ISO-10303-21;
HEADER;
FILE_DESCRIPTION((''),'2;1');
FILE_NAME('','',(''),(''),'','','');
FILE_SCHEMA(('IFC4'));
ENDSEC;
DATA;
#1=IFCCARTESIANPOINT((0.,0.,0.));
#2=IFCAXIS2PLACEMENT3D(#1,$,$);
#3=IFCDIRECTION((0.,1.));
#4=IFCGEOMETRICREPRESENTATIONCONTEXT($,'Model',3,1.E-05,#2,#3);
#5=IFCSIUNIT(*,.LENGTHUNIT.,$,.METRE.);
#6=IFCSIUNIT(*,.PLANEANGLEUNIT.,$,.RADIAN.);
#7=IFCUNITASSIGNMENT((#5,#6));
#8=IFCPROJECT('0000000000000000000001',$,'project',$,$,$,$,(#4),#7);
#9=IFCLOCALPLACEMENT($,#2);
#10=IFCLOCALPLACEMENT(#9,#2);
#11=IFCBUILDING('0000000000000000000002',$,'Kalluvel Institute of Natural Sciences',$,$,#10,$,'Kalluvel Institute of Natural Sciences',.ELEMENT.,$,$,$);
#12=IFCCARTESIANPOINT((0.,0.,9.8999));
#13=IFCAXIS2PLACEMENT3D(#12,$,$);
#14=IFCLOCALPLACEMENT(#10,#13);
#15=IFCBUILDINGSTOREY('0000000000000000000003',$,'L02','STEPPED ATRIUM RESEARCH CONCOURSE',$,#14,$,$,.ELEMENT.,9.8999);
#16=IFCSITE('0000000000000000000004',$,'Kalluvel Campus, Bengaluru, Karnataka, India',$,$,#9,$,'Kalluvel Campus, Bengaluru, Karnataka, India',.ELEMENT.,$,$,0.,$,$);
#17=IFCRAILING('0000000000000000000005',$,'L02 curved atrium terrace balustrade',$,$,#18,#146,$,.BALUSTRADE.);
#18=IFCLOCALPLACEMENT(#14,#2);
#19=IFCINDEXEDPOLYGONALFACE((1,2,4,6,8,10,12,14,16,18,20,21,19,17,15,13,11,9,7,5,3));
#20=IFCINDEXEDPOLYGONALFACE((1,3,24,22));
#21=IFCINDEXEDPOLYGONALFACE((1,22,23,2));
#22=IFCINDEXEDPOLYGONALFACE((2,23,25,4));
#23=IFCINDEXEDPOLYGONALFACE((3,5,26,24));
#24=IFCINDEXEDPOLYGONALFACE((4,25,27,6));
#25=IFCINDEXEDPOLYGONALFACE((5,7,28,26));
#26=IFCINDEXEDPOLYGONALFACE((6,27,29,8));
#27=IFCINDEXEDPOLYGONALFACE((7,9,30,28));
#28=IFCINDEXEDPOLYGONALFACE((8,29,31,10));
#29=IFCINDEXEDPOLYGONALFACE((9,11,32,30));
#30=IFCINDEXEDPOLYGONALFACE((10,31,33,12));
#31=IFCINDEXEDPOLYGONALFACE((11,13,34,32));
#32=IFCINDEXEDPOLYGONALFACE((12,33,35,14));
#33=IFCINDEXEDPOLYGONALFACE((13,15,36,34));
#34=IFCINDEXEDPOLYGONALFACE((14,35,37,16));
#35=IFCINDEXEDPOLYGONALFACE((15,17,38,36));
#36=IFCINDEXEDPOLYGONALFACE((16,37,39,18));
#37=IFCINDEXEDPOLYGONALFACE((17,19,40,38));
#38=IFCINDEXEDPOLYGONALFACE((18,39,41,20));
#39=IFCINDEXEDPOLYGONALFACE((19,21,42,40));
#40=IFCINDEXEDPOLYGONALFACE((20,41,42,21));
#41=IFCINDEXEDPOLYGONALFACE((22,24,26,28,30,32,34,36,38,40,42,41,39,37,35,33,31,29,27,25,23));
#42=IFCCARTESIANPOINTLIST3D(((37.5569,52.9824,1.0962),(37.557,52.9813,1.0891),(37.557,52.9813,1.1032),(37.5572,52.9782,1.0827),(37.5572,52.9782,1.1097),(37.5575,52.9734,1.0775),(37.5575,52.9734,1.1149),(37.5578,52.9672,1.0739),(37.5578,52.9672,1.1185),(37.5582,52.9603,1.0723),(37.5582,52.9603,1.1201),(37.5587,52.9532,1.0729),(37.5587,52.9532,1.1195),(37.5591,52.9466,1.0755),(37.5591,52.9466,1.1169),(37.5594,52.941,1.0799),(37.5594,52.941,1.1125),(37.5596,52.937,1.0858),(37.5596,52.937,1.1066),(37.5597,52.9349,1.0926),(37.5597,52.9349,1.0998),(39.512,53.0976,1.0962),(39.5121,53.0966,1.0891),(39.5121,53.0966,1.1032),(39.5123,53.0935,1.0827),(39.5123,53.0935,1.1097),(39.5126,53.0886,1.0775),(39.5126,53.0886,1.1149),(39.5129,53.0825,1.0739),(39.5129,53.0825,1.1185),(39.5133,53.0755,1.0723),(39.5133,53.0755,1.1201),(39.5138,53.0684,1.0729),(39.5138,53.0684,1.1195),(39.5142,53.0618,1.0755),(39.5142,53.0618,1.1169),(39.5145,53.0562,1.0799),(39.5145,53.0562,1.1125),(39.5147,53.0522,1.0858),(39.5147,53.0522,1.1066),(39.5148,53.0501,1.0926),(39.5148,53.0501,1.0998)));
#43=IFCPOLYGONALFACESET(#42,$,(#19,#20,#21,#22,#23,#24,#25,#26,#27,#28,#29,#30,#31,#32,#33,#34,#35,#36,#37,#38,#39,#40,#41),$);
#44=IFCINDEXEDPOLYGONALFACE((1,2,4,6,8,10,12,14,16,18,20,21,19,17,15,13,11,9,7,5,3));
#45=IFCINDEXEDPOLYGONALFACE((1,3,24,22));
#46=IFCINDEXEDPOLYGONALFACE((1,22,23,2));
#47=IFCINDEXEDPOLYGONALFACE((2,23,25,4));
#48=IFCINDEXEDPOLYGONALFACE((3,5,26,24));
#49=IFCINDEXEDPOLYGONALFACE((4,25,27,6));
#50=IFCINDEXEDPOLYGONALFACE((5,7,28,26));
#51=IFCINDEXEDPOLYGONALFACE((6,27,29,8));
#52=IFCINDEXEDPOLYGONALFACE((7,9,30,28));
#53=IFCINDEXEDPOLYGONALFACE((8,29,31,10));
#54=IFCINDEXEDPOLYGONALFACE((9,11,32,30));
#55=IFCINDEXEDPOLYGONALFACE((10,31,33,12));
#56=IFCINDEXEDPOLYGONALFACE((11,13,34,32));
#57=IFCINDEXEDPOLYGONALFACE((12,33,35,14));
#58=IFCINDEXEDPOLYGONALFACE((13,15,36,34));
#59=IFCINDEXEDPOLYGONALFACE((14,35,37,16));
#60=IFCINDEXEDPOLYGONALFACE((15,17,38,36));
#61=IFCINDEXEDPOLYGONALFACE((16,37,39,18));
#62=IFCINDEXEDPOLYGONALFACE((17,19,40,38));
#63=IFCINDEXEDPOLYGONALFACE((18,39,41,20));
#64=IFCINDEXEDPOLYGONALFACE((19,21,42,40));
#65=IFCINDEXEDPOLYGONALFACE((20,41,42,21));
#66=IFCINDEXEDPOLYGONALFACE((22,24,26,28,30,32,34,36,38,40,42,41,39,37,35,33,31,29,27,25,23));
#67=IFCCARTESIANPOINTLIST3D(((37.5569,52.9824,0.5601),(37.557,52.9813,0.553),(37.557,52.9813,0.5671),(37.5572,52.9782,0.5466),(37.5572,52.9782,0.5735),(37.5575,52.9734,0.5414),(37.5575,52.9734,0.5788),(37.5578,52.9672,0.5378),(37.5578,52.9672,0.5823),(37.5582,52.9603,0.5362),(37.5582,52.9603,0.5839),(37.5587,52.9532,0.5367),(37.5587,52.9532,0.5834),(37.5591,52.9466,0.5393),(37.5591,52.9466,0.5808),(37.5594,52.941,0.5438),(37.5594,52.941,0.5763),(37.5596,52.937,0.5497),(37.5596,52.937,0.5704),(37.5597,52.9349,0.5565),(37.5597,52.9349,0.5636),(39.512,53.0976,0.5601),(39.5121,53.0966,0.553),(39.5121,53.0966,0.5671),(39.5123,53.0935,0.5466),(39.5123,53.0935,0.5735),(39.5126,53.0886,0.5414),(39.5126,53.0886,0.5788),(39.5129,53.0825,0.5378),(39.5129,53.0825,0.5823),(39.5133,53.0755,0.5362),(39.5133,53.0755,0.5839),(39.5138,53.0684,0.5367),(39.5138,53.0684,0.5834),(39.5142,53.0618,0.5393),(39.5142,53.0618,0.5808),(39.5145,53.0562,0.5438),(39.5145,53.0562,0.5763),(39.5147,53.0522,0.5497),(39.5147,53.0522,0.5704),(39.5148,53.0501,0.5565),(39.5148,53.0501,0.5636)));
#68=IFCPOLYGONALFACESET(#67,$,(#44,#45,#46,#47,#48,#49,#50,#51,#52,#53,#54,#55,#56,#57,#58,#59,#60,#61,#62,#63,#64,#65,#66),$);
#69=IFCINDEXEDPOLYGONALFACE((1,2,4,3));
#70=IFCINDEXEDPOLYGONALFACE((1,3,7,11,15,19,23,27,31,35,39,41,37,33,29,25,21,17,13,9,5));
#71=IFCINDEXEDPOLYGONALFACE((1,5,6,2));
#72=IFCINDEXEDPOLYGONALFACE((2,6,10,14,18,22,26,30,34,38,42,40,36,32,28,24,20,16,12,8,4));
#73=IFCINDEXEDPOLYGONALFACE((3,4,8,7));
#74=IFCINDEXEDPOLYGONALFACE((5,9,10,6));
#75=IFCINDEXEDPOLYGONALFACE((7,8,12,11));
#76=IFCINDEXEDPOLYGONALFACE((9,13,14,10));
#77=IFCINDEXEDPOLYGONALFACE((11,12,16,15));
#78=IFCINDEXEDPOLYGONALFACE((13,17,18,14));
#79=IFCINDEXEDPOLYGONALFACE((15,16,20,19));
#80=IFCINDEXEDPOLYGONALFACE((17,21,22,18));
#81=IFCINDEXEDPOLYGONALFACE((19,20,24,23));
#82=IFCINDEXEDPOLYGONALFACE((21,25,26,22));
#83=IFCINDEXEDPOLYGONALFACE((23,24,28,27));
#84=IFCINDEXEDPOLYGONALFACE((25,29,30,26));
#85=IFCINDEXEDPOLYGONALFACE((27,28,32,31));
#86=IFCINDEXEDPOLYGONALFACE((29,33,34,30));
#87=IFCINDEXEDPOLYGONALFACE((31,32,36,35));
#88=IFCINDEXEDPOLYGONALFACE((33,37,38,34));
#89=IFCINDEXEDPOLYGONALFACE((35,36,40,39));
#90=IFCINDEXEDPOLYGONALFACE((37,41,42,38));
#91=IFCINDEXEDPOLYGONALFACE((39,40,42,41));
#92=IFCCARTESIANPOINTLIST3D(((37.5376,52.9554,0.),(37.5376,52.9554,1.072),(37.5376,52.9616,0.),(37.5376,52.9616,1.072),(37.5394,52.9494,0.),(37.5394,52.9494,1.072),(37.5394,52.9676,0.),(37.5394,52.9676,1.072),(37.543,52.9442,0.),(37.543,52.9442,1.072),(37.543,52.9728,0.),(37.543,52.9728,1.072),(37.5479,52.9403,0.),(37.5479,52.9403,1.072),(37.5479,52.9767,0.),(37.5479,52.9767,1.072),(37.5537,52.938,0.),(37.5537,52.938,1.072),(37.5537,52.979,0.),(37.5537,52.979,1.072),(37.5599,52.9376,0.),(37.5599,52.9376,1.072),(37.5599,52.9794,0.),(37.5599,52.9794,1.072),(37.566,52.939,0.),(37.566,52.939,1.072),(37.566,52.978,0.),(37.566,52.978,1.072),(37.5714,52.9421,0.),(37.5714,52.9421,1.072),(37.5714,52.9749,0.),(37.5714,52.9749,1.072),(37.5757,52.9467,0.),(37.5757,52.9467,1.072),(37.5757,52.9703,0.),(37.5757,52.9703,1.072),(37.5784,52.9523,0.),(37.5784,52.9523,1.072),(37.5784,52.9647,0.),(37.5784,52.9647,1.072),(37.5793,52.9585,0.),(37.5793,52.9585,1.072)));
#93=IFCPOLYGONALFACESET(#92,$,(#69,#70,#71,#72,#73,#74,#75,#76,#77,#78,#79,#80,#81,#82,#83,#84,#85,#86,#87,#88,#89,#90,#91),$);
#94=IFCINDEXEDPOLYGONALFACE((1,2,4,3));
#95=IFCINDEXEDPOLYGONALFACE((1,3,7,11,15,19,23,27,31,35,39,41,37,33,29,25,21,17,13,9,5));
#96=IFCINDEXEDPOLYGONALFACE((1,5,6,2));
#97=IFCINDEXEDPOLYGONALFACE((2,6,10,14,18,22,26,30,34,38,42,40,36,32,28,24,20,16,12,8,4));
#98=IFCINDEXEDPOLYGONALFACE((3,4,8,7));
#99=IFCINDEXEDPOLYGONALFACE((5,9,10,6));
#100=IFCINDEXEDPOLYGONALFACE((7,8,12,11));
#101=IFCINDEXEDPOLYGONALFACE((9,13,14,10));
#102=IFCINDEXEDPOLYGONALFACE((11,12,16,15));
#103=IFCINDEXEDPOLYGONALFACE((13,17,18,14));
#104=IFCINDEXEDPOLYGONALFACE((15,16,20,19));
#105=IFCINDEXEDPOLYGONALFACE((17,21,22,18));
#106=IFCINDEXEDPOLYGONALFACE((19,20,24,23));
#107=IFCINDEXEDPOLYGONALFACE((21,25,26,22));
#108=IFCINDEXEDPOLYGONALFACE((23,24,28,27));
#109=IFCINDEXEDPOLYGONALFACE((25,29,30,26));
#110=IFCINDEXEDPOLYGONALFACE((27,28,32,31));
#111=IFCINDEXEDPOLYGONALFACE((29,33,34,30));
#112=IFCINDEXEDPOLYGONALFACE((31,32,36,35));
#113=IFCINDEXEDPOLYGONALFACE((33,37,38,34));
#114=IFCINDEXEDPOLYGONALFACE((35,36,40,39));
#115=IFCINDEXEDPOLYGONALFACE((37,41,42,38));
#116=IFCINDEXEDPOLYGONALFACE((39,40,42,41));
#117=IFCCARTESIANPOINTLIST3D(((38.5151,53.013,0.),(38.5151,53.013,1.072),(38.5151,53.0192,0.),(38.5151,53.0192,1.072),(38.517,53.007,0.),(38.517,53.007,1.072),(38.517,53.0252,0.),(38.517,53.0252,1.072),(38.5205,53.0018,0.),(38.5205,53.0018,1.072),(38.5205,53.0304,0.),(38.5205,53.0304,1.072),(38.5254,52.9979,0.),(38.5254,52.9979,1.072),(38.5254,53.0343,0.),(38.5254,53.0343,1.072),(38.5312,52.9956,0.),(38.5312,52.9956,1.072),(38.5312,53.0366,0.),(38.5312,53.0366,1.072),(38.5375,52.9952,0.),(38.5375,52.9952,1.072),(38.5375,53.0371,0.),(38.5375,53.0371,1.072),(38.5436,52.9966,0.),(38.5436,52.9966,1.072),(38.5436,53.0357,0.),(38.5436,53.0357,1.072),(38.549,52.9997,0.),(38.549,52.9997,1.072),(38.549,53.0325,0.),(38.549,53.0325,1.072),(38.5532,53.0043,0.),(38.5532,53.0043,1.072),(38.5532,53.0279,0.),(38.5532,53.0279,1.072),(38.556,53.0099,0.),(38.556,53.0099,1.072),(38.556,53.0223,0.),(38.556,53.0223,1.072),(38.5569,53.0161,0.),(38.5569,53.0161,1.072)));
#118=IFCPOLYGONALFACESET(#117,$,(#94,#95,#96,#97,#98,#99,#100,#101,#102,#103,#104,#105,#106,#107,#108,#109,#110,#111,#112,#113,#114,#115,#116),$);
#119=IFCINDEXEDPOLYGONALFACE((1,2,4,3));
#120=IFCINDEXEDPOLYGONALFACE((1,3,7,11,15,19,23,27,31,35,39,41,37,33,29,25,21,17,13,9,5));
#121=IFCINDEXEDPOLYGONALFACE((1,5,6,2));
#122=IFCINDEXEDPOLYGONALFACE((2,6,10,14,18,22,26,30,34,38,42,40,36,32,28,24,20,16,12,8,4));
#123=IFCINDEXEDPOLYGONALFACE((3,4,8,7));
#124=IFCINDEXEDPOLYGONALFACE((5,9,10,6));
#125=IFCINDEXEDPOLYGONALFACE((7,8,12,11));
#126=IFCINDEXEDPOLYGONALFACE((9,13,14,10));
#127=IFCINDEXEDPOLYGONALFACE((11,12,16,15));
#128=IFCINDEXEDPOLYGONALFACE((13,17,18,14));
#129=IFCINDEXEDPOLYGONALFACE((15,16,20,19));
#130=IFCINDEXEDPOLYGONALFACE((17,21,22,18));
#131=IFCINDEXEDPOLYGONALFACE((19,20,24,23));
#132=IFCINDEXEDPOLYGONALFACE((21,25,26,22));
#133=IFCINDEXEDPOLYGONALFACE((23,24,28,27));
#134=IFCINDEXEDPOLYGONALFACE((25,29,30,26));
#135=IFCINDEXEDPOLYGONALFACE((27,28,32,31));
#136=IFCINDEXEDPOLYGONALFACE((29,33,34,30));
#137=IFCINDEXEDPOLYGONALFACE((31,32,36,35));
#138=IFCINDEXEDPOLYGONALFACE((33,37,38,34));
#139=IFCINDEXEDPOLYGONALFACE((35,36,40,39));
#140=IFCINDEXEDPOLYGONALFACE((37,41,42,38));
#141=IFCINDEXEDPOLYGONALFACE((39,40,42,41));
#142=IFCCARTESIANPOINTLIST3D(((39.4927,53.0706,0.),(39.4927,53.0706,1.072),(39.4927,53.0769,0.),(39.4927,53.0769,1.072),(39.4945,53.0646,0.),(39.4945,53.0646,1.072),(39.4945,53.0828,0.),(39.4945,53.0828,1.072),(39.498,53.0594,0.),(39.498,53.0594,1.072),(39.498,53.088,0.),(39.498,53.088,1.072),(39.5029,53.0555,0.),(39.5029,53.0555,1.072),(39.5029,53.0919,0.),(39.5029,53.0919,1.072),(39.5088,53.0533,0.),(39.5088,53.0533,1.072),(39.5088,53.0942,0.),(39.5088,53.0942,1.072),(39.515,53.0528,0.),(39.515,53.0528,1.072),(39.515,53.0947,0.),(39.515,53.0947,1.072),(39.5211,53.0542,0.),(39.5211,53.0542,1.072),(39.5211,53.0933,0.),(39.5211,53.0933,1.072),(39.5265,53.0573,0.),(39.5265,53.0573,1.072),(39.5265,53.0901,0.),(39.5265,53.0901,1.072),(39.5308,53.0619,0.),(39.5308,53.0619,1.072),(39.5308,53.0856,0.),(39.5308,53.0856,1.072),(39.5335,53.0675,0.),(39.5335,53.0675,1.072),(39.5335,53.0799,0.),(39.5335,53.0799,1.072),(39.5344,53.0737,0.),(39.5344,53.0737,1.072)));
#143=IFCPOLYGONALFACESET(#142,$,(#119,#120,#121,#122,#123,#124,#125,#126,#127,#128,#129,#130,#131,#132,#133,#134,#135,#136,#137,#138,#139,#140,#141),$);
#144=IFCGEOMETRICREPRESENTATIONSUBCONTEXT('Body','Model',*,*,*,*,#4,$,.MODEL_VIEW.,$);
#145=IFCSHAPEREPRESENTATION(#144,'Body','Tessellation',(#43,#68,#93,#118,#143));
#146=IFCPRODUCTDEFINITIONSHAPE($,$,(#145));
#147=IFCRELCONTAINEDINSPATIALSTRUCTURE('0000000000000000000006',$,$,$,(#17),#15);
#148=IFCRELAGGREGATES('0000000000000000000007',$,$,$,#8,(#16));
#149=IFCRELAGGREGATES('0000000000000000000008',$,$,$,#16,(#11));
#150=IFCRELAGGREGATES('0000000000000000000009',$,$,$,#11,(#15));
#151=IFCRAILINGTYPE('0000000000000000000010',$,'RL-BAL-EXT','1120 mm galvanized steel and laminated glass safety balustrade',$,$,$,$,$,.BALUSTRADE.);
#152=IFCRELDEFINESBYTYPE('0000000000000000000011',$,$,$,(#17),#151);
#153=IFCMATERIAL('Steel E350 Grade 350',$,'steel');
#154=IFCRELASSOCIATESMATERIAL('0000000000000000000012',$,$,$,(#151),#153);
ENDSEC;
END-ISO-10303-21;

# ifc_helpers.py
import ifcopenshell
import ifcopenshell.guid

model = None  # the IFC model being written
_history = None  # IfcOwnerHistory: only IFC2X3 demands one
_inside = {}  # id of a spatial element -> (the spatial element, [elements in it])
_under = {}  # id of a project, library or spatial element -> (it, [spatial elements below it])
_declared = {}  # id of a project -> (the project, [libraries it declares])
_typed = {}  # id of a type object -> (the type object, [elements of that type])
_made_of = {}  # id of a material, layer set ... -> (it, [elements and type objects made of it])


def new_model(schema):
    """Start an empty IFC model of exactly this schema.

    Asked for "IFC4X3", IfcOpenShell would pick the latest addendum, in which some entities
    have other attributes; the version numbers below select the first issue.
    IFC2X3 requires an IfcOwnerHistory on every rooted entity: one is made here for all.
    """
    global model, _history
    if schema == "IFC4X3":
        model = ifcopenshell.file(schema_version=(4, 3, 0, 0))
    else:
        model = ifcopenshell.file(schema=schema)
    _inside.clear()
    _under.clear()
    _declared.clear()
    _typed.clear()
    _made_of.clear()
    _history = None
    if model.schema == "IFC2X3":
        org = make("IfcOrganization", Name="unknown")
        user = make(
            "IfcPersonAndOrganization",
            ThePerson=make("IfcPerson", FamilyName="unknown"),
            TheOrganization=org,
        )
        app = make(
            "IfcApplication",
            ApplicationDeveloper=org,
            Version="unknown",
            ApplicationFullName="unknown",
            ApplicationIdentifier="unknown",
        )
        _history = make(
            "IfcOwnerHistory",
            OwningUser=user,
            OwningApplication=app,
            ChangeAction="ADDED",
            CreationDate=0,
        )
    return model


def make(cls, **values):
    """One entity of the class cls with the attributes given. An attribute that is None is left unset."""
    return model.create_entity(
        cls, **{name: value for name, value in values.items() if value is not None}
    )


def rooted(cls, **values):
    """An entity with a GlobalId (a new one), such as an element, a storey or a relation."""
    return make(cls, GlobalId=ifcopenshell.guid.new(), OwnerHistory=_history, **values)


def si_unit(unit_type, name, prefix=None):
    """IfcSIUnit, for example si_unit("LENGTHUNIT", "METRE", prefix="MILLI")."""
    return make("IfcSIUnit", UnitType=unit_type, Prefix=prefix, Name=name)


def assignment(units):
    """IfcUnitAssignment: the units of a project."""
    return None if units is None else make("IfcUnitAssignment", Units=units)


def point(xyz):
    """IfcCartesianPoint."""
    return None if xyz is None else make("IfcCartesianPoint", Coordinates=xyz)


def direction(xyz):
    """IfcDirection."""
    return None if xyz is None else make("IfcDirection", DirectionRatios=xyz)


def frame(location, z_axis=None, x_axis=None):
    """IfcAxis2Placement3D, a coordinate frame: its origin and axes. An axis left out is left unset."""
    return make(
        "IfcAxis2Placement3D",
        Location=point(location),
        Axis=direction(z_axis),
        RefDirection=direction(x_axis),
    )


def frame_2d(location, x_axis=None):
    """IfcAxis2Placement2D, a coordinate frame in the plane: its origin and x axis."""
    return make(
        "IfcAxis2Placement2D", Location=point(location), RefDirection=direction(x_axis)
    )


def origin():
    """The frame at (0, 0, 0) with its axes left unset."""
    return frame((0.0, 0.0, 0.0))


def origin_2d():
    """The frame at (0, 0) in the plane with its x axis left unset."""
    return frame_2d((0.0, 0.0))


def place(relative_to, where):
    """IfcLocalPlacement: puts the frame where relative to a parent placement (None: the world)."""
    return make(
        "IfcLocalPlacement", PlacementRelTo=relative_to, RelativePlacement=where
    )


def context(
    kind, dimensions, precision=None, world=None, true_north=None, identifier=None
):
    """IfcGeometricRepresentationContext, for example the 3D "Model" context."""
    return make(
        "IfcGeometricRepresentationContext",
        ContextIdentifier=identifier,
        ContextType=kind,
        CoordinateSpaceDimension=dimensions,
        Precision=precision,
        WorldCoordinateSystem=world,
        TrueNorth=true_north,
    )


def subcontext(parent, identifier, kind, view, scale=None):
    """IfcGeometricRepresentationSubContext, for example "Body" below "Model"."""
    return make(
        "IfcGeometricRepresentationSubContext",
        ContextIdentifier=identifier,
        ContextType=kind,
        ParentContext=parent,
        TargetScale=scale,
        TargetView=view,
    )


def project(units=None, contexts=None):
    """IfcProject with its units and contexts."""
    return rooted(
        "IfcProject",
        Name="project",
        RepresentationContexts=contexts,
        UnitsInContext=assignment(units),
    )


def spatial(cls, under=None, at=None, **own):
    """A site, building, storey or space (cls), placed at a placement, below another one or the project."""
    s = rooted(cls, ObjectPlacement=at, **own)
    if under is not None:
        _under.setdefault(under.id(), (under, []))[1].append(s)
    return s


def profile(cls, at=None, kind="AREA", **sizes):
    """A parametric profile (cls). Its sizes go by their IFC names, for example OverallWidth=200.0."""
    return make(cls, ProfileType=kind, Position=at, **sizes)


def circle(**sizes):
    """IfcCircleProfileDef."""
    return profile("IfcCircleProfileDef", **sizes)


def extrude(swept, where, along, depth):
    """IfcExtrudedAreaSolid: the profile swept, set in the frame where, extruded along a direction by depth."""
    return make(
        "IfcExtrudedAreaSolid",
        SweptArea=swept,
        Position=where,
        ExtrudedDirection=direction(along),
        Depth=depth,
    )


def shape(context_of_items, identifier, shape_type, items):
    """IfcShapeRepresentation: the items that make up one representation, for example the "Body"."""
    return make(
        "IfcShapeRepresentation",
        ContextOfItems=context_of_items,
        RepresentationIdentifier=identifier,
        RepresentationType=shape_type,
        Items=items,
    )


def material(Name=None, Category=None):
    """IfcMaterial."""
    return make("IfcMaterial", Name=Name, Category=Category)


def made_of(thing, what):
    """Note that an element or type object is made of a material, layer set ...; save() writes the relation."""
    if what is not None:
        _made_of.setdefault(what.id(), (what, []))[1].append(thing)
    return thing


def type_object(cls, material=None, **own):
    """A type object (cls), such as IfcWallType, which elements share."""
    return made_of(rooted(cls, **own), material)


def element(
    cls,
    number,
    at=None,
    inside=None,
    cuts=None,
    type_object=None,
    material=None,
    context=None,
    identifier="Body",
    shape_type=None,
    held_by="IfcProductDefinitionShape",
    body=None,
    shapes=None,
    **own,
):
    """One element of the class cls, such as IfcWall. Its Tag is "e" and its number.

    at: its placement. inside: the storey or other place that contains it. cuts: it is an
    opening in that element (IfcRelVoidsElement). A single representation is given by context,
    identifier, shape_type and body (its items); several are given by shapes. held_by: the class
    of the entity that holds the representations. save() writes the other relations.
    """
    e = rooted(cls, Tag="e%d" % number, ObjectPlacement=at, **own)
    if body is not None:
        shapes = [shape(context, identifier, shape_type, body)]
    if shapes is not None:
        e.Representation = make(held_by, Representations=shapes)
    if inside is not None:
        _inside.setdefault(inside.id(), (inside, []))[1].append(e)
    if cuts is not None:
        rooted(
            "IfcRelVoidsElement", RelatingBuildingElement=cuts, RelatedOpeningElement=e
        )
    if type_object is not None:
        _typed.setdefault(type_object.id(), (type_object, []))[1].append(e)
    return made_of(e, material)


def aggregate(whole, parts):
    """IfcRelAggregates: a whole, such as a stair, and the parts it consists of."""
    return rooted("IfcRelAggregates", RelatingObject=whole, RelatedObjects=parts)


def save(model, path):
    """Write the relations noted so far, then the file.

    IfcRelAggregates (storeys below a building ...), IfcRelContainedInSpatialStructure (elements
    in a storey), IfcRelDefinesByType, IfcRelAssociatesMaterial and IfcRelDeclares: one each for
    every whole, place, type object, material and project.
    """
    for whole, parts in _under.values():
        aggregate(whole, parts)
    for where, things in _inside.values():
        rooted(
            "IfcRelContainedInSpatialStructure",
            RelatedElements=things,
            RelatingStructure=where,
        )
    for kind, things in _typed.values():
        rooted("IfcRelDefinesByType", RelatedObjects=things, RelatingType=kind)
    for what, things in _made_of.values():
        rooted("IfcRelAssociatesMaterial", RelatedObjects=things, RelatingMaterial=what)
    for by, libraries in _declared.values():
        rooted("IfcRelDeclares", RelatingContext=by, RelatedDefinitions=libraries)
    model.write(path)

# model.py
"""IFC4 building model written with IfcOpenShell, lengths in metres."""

from ifc_helpers import new_model, si_unit, direction, frame, origin, origin_2d, place, context, subcontext, project, spatial, circle, extrude, material, type_object, element, save


model = new_model("IFC4")

# Units and contexts
model_context = context("Model", 3, precision=1e-05, world=origin(), true_north=direction((0.0, 1.0)))
body_context = subcontext(model_context, "Body", "Model", "MODEL_VIEW")
ifc_project = project(units=[si_unit("LENGTHUNIT", "METRE"), si_unit("PLANEANGLEUNIT", "RADIAN")], contexts=[model_context])

# Site, building, storey
site_placement = place(None, origin())
site = spatial("IfcSite", under=ifc_project, at=site_placement, Name="Kalluvel Campus, Bengaluru, Karnataka, India", LongName="Kalluvel Campus, Bengaluru, Karnataka, India", CompositionType="ELEMENT", RefElevation=0.0)
building_placement = place(site_placement, origin())
building = spatial("IfcBuilding", under=site, at=building_placement, Name="Kalluvel Institute of Natural Sciences", LongName="Kalluvel Institute of Natural Sciences", CompositionType="ELEMENT")
storey_placement = place(building_placement, frame((0.0, 0.0, 9.8999)))
storey = spatial("IfcBuildingStorey", under=building, at=storey_placement, Name="L02", Description="STEPPED ATRIUM RESEARCH CONCOURSE", CompositionType="ELEMENT", Elevation=9.8999)

# Railing
ifc_material_1 = material(Name="Steel E350 Grade 350", Category="steel")
railing_type = type_object("IfcRailingType", Name="RL-BAL-EXT", Description="1120 mm galvanized steel and laminated glass safety balustrade", PredefinedType="BALUSTRADE", material=ifc_material_1)
railing_1_placement = place(storey_placement, frame((37.5583, 52.9585, 0.0)))
element("IfcRailing", 1, at=railing_1_placement, inside=storey, type_object=railing_type, Name="L02 curved atrium terrace balustrade", PredefinedType="BALUSTRADE", context=body_context, shape_type="SweptSolid", body=[
    extrude(circle(Radius=0.0239, at=origin_2d()), frame((0.0, 0.0, 1.0962), z_axis=(0.998267, 0.058839, 0.0), x_axis=(-0.058839, 0.998267, 0.0)), (0.0, 0.0, 1.0), 1.9585),
    extrude(circle(Radius=0.0239, at=origin_2d()), frame((0.0, 0.0, 0.5601), z_axis=(0.998267, 0.058839, 0.0), x_axis=(-0.058839, 0.998267, 0.0)), (0.0, 0.0, 1.0), 1.9585),
    extrude(circle(Radius=0.021, at=origin_2d()), origin(), (0.0, 0.0, 1.0), 1.072),
    extrude(circle(Radius=0.021, at=origin_2d()), frame((0.9775, 0.0576, 0.0)), (0.0, 0.0, 1.0), 1.072),
    extrude(circle(Radius=0.021, at=origin_2d()), frame((1.9551, 0.1152, 0.0)), (0.0, 0.0, 1.0), 1.072),
])

save(model, "model.ifc")
